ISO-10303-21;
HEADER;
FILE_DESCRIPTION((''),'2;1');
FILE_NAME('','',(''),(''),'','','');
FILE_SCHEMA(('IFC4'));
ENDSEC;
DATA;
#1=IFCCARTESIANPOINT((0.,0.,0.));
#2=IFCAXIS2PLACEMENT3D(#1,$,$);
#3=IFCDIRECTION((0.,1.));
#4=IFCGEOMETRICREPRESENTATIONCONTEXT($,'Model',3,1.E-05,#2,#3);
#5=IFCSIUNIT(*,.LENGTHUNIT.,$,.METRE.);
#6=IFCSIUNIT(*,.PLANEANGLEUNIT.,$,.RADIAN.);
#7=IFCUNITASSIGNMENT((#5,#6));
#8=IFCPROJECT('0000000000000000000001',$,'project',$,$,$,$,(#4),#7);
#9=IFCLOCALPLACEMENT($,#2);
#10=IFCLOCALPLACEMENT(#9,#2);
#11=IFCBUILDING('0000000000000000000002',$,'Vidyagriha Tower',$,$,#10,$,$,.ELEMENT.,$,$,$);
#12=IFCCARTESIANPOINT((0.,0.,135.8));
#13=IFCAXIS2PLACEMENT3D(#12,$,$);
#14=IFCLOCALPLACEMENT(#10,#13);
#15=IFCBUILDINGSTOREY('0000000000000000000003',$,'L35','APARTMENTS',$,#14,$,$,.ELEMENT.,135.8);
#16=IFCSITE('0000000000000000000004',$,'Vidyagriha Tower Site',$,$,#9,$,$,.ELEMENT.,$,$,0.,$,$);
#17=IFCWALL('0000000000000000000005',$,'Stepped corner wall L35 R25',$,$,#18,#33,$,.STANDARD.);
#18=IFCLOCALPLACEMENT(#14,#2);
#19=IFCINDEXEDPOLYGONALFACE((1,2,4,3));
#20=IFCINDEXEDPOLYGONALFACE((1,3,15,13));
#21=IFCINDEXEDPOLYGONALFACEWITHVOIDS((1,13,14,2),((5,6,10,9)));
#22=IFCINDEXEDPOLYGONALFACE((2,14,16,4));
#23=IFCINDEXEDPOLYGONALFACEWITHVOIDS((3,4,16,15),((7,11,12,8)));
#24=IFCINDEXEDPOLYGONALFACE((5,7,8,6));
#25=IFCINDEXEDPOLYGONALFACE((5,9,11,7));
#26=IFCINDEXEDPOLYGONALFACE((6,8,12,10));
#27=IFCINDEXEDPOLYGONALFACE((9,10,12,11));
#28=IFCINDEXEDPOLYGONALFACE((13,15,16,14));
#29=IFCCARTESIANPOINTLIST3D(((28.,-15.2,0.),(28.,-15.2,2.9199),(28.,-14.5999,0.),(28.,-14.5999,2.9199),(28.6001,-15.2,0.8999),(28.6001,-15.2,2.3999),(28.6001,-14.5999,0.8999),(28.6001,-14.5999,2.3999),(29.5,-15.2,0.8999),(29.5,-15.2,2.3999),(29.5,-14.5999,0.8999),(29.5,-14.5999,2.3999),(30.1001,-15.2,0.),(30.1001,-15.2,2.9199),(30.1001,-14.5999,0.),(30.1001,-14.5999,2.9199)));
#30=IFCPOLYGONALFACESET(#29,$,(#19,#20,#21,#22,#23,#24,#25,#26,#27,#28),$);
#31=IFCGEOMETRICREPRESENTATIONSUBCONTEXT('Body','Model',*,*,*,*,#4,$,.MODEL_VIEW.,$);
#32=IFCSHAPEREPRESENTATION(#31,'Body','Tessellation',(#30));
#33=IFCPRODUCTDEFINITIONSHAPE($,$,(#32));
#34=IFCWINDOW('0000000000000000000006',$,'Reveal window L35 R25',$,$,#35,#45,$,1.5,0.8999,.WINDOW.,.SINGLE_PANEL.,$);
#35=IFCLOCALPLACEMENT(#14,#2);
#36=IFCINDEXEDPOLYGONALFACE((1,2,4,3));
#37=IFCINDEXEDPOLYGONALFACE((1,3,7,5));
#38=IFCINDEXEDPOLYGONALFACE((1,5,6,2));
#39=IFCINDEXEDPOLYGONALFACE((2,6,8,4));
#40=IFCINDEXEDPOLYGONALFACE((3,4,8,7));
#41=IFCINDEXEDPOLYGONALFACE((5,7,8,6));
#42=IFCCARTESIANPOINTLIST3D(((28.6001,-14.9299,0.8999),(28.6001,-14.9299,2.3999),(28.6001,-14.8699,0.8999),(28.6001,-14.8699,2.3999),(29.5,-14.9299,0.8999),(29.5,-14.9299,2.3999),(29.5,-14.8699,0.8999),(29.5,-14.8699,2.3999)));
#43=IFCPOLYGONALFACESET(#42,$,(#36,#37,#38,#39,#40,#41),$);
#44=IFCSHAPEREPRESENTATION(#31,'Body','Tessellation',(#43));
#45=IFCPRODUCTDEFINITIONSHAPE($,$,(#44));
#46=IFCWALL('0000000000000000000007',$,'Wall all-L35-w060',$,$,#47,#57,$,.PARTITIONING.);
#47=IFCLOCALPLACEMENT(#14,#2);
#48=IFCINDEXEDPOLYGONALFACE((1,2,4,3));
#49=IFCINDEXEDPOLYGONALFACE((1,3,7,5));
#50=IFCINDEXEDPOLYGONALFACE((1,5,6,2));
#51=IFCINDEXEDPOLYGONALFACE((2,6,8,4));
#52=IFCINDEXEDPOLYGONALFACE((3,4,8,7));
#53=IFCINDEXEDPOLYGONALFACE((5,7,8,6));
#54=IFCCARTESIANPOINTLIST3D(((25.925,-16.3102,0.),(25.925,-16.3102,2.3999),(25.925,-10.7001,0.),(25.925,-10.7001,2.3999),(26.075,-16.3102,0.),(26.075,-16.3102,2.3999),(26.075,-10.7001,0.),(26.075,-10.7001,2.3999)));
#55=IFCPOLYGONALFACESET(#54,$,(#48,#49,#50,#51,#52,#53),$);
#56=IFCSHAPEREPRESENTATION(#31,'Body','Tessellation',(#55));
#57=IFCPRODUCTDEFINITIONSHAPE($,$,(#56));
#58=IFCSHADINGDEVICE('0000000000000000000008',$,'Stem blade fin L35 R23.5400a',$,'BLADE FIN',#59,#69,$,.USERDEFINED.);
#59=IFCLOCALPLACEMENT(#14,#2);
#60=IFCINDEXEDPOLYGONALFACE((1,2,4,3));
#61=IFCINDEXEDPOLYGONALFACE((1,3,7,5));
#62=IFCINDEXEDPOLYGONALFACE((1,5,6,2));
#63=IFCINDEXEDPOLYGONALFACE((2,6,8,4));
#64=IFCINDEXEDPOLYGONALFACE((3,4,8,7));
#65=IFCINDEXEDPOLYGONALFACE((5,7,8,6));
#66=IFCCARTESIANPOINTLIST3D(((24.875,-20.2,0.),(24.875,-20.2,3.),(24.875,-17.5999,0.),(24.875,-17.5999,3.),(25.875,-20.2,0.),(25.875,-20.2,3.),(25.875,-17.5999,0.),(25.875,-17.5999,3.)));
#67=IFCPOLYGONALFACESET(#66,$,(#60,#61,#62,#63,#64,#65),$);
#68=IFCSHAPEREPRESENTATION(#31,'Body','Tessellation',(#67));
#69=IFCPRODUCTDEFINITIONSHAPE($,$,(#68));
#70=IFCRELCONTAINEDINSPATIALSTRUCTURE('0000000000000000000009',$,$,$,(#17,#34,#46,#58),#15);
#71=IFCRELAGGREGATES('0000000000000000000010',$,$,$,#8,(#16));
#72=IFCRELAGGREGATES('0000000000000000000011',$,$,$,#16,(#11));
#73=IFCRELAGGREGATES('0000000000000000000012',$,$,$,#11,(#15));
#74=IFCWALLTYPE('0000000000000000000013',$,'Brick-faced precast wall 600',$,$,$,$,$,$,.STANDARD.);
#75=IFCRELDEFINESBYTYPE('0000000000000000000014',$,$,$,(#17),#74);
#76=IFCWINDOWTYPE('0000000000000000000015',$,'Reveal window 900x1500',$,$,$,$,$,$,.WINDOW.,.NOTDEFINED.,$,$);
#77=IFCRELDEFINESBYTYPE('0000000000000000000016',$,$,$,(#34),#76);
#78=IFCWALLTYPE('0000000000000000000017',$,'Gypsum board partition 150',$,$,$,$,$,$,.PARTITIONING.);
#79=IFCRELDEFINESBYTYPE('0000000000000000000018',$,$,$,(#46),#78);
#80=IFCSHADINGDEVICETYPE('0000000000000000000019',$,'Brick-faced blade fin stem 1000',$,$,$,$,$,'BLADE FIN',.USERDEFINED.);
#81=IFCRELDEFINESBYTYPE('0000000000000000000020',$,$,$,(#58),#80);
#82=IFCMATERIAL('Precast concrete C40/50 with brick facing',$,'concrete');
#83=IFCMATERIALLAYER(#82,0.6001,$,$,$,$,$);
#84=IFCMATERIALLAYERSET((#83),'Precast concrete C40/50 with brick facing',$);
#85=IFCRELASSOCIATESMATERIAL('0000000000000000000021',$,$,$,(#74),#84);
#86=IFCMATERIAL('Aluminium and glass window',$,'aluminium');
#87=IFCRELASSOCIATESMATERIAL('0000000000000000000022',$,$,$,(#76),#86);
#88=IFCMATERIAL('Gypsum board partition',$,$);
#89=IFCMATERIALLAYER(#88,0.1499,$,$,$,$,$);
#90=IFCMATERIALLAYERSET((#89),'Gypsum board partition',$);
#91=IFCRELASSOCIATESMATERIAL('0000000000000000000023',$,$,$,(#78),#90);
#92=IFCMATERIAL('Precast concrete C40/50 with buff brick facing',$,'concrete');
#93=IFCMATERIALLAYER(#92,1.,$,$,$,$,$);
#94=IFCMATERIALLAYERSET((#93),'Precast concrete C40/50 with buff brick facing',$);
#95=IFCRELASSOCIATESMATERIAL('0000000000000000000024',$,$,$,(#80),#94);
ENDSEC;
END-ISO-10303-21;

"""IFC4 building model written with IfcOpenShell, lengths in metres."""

from ifc_helpers import new_model, si_unit, direction, frame, frame_2d, origin, place, context, subcontext, project, spatial, polyline, rectangle, outline, extrude, material, layer, layer_set, type_object, element, fill, save


model = new_model("IFC4")

# Units and contexts
model_context = context("Model", 3, precision=1e-05, world=origin(), true_north=direction((0.0, 1.0)))
body_context = subcontext(model_context, "Body", "Model", "MODEL_VIEW")
ifc_project = project(units=[si_unit("LENGTHUNIT", "METRE"), si_unit("PLANEANGLEUNIT", "RADIAN")], contexts=[model_context])

# Site, building, storey
site_placement = place(None, origin())
site = spatial("IfcSite", under=ifc_project, at=site_placement, Name="Vidyagriha Tower Site", CompositionType="ELEMENT", RefElevation=0.0)
building_placement = place(site_placement, origin())
building = spatial("IfcBuilding", under=site, at=building_placement, Name="Vidyagriha Tower", CompositionType="ELEMENT")
storey_placement = place(building_placement, frame((0.0, 0.0, 135.8)))
storey = spatial("IfcBuildingStorey", under=building, at=storey_placement, Name="L35", Description="APARTMENTS", CompositionType="ELEMENT", Elevation=135.8)

# Shared definitions
ifc_material_1 = material(Name="Precast concrete C40/50 with brick facing", Category="concrete")
ifc_layer_1 = layer(ifc_material_1, 0.6001)
ifc_layer_set_1 = layer_set([ifc_layer_1], Name="Precast concrete C40/50 with brick facing")
wall_type_1 = type_object("IfcWallType", Name="Brick-faced precast wall 600", PredefinedType="STANDARD", material=ifc_layer_set_1)

# Wall, opening, window
wall_1_placement = place(storey_placement, frame((28.0, -14.8999, 0.0)))
wall_1 = element("IfcWall", 1, at=wall_1_placement, inside=storey, type_object=wall_type_1, Name="Stepped corner wall L35 R25", PredefinedType="STANDARD", context=body_context, shape_type="SweptSolid", body=[
    extrude(rectangle(XDim=2.1001, YDim=0.6001, at=frame_2d((1.05, 0.0))), origin(), (0.0, 0.0, 1.0), 2.9199),
])
opening_1_placement = place(wall_1_placement, frame((0.6001, 0.0, 0.8999)))
opening_1 = element("IfcOpeningElement", 2, at=opening_1_placement, cuts=wall_1, PredefinedType="OPENING", context=body_context, shape_type="SweptSolid", body=[
    extrude(rectangle(XDim=0.8999, YDim=1.5, at=frame_2d((0.45, 0.75))), frame((0.0, 0.3101, 0.0), z_axis=(0.0, -1.0, 0.0), x_axis=(1.0, 0.0, 0.0)), (0.0, 0.0, 1.0), 0.6201),
])
ifc_material_2 = material(Name="Aluminium and glass window", Category="aluminium")
window_type = type_object("IfcWindowType", Name="Reveal window 900x1500", PartitioningType="NOTDEFINED", PredefinedType="WINDOW", material=ifc_material_2)
window_placement = place(opening_1_placement, origin())
window = element("IfcWindow", 3, at=window_placement, inside=storey, type_object=window_type, Name="Reveal window L35 R25", OverallHeight=1.5, OverallWidth=0.8999, PartitioningType="SINGLE_PANEL", PredefinedType="WINDOW", context=body_context, shape_type="SweptSolid", body=[
    extrude(rectangle(XDim=0.8999, YDim=1.5, at=frame_2d((0.45, 0.75))), frame((0.0, 0.03, 0.0), z_axis=(0.0, -1.0, 0.0), x_axis=(1.0, 0.0, 0.0)), (0.0, 0.0, 1.0), 0.0601),
])
fill(opening_1, window)

# Wall
ifc_material_3 = material(Name="Gypsum board partition")
ifc_layer_2 = layer(ifc_material_3, 0.1499)
ifc_layer_set_2 = layer_set([ifc_layer_2], Name="Gypsum board partition")
wall_type_2 = type_object("IfcWallType", Name="Gypsum board partition 150", PredefinedType="PARTITIONING", material=ifc_layer_set_2)
wall_2_placement = place(storey_placement, frame((26.0, -10.7, 0.0), z_axis=(0.0, 0.0, 1.0), x_axis=(0.0, -1.0, 0.0)))
element("IfcWall", 4, at=wall_2_placement, inside=storey, type_object=wall_type_2, Name="Wall all-L35-w060", PredefinedType="PARTITIONING", context=body_context, shape_type="SweptSolid", body=[
    extrude(rectangle(XDim=5.6101, YDim=0.1499, at=frame_2d((2.8052, 0.0))), origin(), (0.0, 0.0, 1.0), 2.3999),
])

# Shading device
ifc_material_4 = material(Name="Precast concrete C40/50 with buff brick facing", Category="concrete")
ifc_layer_3 = layer(ifc_material_4, 1.0)
ifc_layer_set_3 = layer_set([ifc_layer_3], Name="Precast concrete C40/50 with buff brick facing")
shading_device_type = type_object("IfcShadingDeviceType", Name="Brick-faced blade fin stem 1000", ElementType="BLADE FIN", PredefinedType="USERDEFINED", material=ifc_layer_set_3)
shading_device_placement = place(storey_placement, frame((24.875, -18.8999, 0.0)))
element("IfcShadingDevice", 5, at=shading_device_placement, inside=storey, type_object=shading_device_type, Name="Stem blade fin L35 R23.5400a", ObjectType="BLADE FIN", PredefinedType="USERDEFINED", context=body_context, shape_type="SweptSolid", body=[
    extrude(outline(polyline([(0.0, 0.0), (1.0, 0.0), (1.0, 3.0), (0.0, 3.0), (0.0, 0.0)])), frame((0.0, 1.3, 0.0), z_axis=(0.0, -1.0, 0.0), x_axis=(1.0, 0.0, 0.0)), (0.0, 0.0, 1.0), 2.6001),
])

save(model, "model.ifc")
